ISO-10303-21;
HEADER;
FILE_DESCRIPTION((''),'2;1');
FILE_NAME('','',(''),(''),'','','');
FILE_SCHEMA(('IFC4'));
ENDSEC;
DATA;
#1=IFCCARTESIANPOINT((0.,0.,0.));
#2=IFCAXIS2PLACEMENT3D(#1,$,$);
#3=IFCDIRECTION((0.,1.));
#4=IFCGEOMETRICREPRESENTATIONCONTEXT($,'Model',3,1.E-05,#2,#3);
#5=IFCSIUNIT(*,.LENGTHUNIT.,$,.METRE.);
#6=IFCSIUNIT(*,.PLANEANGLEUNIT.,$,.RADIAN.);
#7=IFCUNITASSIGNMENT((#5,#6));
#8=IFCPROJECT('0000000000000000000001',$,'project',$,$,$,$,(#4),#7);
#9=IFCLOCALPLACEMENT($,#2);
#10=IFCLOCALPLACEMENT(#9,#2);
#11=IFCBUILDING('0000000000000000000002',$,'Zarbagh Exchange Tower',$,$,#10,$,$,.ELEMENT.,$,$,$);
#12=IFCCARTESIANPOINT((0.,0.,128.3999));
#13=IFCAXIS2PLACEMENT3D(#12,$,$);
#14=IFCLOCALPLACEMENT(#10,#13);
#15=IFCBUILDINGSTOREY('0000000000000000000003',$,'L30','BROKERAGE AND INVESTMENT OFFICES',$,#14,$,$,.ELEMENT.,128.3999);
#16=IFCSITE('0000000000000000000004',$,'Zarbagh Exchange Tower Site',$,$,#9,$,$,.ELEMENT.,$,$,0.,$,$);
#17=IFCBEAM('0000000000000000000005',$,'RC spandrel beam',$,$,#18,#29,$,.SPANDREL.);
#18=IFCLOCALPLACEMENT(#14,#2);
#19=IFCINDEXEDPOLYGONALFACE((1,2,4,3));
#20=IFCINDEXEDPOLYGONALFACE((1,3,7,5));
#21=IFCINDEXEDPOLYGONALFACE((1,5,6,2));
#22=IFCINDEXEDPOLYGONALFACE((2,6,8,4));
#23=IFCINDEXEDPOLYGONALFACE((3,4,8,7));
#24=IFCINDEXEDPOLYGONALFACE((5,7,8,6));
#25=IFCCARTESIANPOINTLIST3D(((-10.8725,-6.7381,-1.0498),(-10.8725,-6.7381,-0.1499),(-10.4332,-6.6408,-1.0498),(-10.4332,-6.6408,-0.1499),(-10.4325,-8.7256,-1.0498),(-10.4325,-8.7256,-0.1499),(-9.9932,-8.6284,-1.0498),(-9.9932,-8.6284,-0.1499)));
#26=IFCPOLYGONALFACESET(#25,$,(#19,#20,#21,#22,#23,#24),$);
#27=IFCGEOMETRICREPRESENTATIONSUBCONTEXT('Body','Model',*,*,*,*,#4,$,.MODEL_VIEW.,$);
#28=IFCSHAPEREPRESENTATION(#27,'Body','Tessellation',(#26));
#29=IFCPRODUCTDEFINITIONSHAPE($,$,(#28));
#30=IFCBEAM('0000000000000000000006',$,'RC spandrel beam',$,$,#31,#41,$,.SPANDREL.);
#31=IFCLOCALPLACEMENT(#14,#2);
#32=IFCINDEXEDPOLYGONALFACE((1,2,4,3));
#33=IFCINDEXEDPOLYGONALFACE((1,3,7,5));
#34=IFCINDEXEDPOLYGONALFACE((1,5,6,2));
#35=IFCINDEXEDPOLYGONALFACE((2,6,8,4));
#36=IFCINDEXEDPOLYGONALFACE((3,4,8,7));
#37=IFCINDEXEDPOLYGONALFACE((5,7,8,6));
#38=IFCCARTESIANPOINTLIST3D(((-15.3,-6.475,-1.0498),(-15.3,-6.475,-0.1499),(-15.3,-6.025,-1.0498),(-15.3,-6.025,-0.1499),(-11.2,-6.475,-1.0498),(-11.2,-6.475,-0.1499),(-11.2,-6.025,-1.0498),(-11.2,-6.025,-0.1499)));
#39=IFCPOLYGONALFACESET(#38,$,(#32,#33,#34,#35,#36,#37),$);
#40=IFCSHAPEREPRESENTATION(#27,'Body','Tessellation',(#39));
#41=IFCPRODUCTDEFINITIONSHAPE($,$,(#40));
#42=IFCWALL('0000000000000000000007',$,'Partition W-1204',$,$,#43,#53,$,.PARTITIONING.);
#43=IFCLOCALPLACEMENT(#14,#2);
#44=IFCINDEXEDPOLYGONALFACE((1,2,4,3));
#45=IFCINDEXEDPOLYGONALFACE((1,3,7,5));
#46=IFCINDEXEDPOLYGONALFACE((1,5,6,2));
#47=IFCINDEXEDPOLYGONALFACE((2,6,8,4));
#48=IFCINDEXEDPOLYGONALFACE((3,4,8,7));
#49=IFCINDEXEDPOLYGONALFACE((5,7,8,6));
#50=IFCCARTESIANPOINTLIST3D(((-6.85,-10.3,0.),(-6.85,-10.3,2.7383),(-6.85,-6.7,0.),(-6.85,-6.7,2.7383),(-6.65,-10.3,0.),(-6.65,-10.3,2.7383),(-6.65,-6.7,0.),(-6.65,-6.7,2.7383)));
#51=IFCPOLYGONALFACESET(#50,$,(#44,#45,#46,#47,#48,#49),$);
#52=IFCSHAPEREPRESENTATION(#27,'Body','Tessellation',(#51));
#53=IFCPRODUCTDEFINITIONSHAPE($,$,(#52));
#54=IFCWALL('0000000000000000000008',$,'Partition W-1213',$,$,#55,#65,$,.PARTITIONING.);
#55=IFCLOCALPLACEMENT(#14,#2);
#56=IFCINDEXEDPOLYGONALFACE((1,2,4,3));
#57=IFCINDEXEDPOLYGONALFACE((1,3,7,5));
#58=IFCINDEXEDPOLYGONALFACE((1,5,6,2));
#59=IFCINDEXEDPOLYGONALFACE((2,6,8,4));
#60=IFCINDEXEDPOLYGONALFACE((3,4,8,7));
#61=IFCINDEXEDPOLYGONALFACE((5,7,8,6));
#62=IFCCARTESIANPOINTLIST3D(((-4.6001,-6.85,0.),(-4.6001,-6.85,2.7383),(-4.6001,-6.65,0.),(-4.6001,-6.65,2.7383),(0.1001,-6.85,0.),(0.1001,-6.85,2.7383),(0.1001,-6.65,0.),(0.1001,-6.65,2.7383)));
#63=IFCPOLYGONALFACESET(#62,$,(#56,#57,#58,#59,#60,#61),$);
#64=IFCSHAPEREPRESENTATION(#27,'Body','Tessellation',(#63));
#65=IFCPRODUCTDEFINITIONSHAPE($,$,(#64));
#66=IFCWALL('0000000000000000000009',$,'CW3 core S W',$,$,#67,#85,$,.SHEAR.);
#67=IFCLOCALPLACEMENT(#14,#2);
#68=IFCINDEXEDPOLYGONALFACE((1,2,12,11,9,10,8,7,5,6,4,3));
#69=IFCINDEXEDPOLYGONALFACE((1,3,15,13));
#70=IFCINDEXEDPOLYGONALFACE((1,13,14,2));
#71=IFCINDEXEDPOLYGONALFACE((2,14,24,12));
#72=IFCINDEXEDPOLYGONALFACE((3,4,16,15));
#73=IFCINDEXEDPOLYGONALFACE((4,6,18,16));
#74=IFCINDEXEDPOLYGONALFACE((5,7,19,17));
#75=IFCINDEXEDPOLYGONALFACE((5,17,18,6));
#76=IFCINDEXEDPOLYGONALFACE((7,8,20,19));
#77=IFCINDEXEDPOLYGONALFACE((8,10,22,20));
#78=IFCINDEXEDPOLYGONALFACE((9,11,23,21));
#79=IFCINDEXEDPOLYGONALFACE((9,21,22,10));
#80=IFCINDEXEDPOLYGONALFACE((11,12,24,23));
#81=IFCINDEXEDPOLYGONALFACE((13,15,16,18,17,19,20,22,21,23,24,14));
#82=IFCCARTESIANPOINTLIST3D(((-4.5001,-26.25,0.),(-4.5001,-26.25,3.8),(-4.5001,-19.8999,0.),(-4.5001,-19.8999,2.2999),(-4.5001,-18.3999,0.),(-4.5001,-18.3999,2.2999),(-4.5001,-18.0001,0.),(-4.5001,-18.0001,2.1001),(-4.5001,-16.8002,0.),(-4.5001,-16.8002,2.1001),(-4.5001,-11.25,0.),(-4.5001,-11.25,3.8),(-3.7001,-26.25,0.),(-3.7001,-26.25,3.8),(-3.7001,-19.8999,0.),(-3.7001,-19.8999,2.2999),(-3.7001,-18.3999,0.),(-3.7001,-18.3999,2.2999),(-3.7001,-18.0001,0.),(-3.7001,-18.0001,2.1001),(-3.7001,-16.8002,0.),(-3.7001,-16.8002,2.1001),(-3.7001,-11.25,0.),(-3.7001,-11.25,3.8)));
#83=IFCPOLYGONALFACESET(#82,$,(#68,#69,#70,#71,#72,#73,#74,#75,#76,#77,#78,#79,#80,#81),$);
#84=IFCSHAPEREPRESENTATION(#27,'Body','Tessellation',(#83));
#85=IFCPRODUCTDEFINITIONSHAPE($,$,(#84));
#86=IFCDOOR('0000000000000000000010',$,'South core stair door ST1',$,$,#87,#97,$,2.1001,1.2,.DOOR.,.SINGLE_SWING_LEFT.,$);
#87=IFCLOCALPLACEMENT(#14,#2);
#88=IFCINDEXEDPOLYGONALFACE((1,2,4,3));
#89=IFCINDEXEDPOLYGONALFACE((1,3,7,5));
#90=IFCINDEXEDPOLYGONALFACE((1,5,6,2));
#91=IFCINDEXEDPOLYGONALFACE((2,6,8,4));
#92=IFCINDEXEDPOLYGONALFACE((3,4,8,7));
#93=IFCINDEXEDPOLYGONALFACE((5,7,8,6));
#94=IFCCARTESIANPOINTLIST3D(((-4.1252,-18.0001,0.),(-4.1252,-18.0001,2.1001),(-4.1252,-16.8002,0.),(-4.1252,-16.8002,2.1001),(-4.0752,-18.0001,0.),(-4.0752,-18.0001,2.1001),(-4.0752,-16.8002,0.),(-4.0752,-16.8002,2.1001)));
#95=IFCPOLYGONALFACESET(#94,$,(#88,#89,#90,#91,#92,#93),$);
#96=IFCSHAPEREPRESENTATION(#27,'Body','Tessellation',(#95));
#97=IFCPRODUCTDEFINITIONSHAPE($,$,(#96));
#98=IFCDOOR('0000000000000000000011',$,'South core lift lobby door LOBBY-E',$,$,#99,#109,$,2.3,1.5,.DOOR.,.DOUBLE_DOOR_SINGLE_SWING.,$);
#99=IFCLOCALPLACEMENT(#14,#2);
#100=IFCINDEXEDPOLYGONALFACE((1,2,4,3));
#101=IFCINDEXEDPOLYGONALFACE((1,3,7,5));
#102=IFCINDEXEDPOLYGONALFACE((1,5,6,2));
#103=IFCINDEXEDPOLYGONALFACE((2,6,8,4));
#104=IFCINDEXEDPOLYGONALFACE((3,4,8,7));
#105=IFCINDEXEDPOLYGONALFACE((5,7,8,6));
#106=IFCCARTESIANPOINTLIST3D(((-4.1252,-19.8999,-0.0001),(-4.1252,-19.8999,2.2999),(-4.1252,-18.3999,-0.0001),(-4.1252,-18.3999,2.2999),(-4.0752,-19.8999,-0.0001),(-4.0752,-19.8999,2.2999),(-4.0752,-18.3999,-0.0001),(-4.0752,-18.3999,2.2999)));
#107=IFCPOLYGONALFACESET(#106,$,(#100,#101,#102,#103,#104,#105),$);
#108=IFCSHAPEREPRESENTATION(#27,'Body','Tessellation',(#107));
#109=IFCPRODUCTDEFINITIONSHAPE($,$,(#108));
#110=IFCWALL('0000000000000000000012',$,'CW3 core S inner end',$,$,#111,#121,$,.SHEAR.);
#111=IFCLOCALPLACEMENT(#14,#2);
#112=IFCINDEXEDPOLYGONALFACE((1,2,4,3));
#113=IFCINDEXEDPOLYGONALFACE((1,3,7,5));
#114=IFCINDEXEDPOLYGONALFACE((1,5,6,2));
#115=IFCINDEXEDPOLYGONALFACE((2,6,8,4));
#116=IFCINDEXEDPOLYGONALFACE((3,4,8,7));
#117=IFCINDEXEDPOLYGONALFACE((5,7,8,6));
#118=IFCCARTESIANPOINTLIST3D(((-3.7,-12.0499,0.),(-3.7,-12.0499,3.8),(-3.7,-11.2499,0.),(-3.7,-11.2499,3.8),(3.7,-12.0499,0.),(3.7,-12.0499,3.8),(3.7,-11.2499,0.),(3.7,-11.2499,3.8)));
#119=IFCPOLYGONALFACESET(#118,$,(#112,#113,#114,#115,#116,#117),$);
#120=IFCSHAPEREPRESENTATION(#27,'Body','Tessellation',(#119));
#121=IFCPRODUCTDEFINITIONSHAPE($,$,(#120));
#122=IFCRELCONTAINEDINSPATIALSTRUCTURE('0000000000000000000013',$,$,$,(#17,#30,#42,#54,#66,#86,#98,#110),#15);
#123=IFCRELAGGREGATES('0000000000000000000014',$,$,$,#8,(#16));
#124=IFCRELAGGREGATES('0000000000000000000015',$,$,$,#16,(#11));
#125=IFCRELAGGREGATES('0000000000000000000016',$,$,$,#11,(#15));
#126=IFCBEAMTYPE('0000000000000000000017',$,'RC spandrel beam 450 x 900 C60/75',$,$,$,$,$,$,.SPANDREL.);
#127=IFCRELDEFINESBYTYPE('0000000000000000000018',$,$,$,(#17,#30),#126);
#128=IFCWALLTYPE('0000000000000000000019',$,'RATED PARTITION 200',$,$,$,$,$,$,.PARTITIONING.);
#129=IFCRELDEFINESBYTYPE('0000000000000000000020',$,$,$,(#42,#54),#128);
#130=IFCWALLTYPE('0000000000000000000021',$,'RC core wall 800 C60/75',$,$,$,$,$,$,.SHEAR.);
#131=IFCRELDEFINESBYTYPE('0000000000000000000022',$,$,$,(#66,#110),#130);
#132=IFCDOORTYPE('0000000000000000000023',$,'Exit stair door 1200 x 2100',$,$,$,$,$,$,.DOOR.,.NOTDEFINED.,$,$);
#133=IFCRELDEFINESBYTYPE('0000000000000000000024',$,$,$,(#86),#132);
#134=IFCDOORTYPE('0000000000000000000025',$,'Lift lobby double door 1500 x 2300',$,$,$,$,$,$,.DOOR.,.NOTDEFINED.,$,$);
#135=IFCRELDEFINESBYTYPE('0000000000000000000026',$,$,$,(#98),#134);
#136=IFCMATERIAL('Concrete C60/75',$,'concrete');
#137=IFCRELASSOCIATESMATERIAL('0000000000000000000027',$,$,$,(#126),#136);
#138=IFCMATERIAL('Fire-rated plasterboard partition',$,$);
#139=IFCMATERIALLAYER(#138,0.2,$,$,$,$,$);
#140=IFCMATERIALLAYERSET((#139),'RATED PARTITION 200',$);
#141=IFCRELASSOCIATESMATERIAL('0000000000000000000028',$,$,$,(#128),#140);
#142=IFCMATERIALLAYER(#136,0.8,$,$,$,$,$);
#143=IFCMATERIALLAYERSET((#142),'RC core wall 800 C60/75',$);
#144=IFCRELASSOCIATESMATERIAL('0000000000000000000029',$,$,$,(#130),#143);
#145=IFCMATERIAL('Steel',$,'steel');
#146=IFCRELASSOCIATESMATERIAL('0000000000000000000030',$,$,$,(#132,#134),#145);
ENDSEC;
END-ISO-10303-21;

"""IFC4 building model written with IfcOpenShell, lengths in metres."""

from ifc_helpers import new_model, si_unit, direction, frame, frame_2d, origin, origin_2d, place, context, subcontext, project, spatial, rectangle, extrude, material, layer, layer_set, material_profile, profile_set, type_object, element, fill, save


model = new_model("IFC4")

# Units and contexts
model_context = context("Model", 3, precision=1e-05, world=origin(), true_north=direction((0.0, 1.0)))
body_context = subcontext(model_context, "Body", "Model", "MODEL_VIEW")
ifc_project = project(units=[si_unit("LENGTHUNIT", "METRE"), si_unit("PLANEANGLEUNIT", "RADIAN")], contexts=[model_context])

# Site, building, storey
site_placement = place(None, origin())
site = spatial("IfcSite", under=ifc_project, at=site_placement, Name="Zarbagh Exchange Tower Site", CompositionType="ELEMENT", RefElevation=0.0)
building_placement = place(site_placement, origin())
building = spatial("IfcBuilding", under=site, at=building_placement, Name="Zarbagh Exchange Tower", CompositionType="ELEMENT")
storey_placement = place(building_placement, frame((0.0, 0.0, 128.3999)))
storey = spatial("IfcBuildingStorey", under=building, at=storey_placement, Name="L30", Description="BROKERAGE AND INVESTMENT OFFICES", CompositionType="ELEMENT", Elevation=128.3999)

# Shared definitions
ifc_material_1 = material(Name="Concrete C60/75", Category="concrete")

# Beams
ifc_material_profile_1 = material_profile(ifc_material_1, rectangle(XDim=0.45, YDim=0.8999, at=origin_2d()), Name="RC spandrel beam 450 x 900 C60/75")
ifc_profile_set_1 = profile_set([ifc_material_profile_1], Name="Concrete C60/75")
beam_type = type_object("IfcBeamType", Name="RC spandrel beam 450 x 900 C60/75", PredefinedType="SPANDREL", material=ifc_profile_set_1)
beam_1_placement = place(storey_placement, frame((-10.2129, -8.677, -0.5999), z_axis=(-0.216118, 0.976367, 0.0), x_axis=(-0.976367, -0.216118, 0.0)))
element("IfcBeam", 1, at=beam_1_placement, inside=storey, type_object=beam_type, Name="RC spandrel beam", PredefinedType="SPANDREL", context=body_context, shape_type="SweptSolid", body=[
    extrude(rectangle(XDim=0.45, YDim=0.8999, at=origin_2d()), origin(), (0.0, 0.0, 1.0), 2.0356),
])
beam_2_placement = place(storey_placement, frame((-11.2, -6.25, -0.5999), z_axis=(-1.0, 0.0, 0.0), x_axis=(0.0, -1.0, 0.0)))
element("IfcBeam", 2, at=beam_2_placement, inside=storey, type_object=beam_type, Name="RC spandrel beam", PredefinedType="SPANDREL", context=body_context, shape_type="SweptSolid", body=[
    extrude(rectangle(XDim=0.45, YDim=0.8999, at=origin_2d()), origin(), (0.0, 0.0, 1.0), 4.1001),
])

# Walls
ifc_material_2 = material(Name="Fire-rated plasterboard partition")
ifc_layer_1 = layer(ifc_material_2, 0.2)
ifc_layer_set_1 = layer_set([ifc_layer_1], Name="RATED PARTITION 200")
wall_type_1 = type_object("IfcWallType", Name="RATED PARTITION 200", PredefinedType="PARTITIONING", material=ifc_layer_set_1)
wall_1_placement = place(storey_placement, frame((-6.75, -10.3, 0.0), z_axis=(0.0, 0.0, 1.0), x_axis=(0.0, 1.0, 0.0)))
element("IfcWall", 3, at=wall_1_placement, inside=storey, type_object=wall_type_1, Name="Partition W-1204", PredefinedType="PARTITIONING", context=body_context, shape_type="SweptSolid", body=[
    extrude(rectangle(XDim=3.6001, YDim=0.2, at=frame_2d((1.8, 0.0))), origin(), (0.0, 0.0, 1.0), 2.7383),
])
wall_2_placement = place(storey_placement, frame((-4.6001, -6.75, 0.0), z_axis=(0.0, 0.0, 1.0), x_axis=(1.0, 0.0, 0.0)))
element("IfcWall", 4, at=wall_2_placement, inside=storey, type_object=wall_type_1, Name="Partition W-1213", PredefinedType="PARTITIONING", context=body_context, shape_type="SweptSolid", body=[
    extrude(rectangle(XDim=4.7002, YDim=0.2, at=frame_2d((2.3501, 0.0))), origin(), (0.0, 0.0, 1.0), 2.7383),
])

# Wall, openings, doors
ifc_layer_2 = layer(ifc_material_1, 0.8)
ifc_layer_set_2 = layer_set([ifc_layer_2], Name="RC core wall 800 C60/75")
wall_type_2 = type_object("IfcWallType", Name="RC core wall 800 C60/75", PredefinedType="SHEAR", material=ifc_layer_set_2)
wall_3_placement = place(storey_placement, frame((-4.1001, -11.25, 0.0), z_axis=(0.0, 0.0, 1.0), x_axis=(0.0, -1.0, 0.0)))
wall_3 = element("IfcWall", 5, at=wall_3_placement, inside=storey, type_object=wall_type_2, Name="CW3 core S W", PredefinedType="SHEAR", context=body_context, shape_type="SweptSolid", body=[
    extrude(rectangle(XDim=15.0, YDim=0.8, at=frame_2d((7.5, 0.0))), origin(), (0.0, 0.0, 1.0), 3.8),
])
opening_1_placement = place(wall_3_placement, frame((7.1499, 0.0, 0.0)))
opening_1 = element("IfcOpeningElement", 6, at=opening_1_placement, cuts=wall_3, PredefinedType="OPENING", context=body_context, shape_type="SweptSolid", body=[
    extrude(rectangle(XDim=1.5, YDim=2.3, at=frame_2d((0.75, 1.1499))), frame((0.0, 0.4099, 0.0), z_axis=(0.0, -1.0, 0.0), x_axis=(1.0, 0.0, 0.0)), (0.0, 0.0, 1.0), 0.8201),
])
opening_2_placement = place(wall_3_placement, frame((5.55, 0.0, 0.0)))
opening_2 = element("IfcOpeningElement", 7, at=opening_2_placement, cuts=wall_3, PredefinedType="OPENING", context=body_context, shape_type="SweptSolid", body=[
    extrude(rectangle(XDim=1.2, YDim=2.1001, at=frame_2d((0.6001, 1.05))), frame((0.0, 0.4099, 0.0), z_axis=(0.0, -1.0, 0.0), x_axis=(1.0, 0.0, 0.0)), (0.0, 0.0, 1.0), 0.8201),
])
ifc_material_3 = material(Name="Steel", Category="steel")
door_type_1 = type_object("IfcDoorType", Name="Exit stair door 1200 x 2100", OperationType="NOTDEFINED", PredefinedType="DOOR", material=ifc_material_3)
door_1_placement = place(opening_2_placement, origin())
door_1 = element("IfcDoor", 8, at=door_1_placement, inside=storey, type_object=door_type_1, Name="South core stair door ST1", OperationType="SINGLE_SWING_LEFT", OverallHeight=2.1001, OverallWidth=1.2, PredefinedType="DOOR", context=body_context, shape_type="SweptSolid", body=[
    extrude(rectangle(XDim=1.2, YDim=2.1001, at=frame_2d((0.6001, 1.05))), frame((0.0, 0.0249, 0.0), z_axis=(0.0, -1.0, 0.0), x_axis=(1.0, 0.0, 0.0)), (0.0, 0.0, 1.0), 0.05),
])
fill(opening_2, door_1)
door_type_2 = type_object("IfcDoorType", Name="Lift lobby double door 1500 x 2300", OperationType="NOTDEFINED", PredefinedType="DOOR", material=ifc_material_3)
door_2_placement = place(opening_1_placement, origin())
door_2 = element("IfcDoor", 9, at=door_2_placement, inside=storey, type_object=door_type_2, Name="South core lift lobby door LOBBY-E", OperationType="DOUBLE_DOOR_SINGLE_SWING", OverallHeight=2.3, OverallWidth=1.5, PredefinedType="DOOR", context=body_context, shape_type="SweptSolid", body=[
    extrude(rectangle(XDim=1.5, YDim=2.3, at=frame_2d((0.75, 1.1499))), frame((0.0, 0.0249, 0.0), z_axis=(0.0, -1.0, 0.0), x_axis=(1.0, 0.0, 0.0)), (0.0, 0.0, 1.0), 0.05),
])
fill(opening_1, door_2)

# Wall
wall_4_placement = place(storey_placement, frame((-3.7, -11.6499, 0.0), z_axis=(0.0, 0.0, 1.0), x_axis=(1.0, 0.0, 0.0)))
element("IfcWall", 10, at=wall_4_placement, inside=storey, type_object=wall_type_2, Name="CW3 core S inner end", PredefinedType="SHEAR", context=body_context, shape_type="SweptSolid", body=[
    extrude(rectangle(XDim=7.3999, YDim=0.8, at=frame_2d((3.7, 0.0))), origin(), (0.0, 0.0, 1.0), 3.8),
])

save(model, "model.ifc")
